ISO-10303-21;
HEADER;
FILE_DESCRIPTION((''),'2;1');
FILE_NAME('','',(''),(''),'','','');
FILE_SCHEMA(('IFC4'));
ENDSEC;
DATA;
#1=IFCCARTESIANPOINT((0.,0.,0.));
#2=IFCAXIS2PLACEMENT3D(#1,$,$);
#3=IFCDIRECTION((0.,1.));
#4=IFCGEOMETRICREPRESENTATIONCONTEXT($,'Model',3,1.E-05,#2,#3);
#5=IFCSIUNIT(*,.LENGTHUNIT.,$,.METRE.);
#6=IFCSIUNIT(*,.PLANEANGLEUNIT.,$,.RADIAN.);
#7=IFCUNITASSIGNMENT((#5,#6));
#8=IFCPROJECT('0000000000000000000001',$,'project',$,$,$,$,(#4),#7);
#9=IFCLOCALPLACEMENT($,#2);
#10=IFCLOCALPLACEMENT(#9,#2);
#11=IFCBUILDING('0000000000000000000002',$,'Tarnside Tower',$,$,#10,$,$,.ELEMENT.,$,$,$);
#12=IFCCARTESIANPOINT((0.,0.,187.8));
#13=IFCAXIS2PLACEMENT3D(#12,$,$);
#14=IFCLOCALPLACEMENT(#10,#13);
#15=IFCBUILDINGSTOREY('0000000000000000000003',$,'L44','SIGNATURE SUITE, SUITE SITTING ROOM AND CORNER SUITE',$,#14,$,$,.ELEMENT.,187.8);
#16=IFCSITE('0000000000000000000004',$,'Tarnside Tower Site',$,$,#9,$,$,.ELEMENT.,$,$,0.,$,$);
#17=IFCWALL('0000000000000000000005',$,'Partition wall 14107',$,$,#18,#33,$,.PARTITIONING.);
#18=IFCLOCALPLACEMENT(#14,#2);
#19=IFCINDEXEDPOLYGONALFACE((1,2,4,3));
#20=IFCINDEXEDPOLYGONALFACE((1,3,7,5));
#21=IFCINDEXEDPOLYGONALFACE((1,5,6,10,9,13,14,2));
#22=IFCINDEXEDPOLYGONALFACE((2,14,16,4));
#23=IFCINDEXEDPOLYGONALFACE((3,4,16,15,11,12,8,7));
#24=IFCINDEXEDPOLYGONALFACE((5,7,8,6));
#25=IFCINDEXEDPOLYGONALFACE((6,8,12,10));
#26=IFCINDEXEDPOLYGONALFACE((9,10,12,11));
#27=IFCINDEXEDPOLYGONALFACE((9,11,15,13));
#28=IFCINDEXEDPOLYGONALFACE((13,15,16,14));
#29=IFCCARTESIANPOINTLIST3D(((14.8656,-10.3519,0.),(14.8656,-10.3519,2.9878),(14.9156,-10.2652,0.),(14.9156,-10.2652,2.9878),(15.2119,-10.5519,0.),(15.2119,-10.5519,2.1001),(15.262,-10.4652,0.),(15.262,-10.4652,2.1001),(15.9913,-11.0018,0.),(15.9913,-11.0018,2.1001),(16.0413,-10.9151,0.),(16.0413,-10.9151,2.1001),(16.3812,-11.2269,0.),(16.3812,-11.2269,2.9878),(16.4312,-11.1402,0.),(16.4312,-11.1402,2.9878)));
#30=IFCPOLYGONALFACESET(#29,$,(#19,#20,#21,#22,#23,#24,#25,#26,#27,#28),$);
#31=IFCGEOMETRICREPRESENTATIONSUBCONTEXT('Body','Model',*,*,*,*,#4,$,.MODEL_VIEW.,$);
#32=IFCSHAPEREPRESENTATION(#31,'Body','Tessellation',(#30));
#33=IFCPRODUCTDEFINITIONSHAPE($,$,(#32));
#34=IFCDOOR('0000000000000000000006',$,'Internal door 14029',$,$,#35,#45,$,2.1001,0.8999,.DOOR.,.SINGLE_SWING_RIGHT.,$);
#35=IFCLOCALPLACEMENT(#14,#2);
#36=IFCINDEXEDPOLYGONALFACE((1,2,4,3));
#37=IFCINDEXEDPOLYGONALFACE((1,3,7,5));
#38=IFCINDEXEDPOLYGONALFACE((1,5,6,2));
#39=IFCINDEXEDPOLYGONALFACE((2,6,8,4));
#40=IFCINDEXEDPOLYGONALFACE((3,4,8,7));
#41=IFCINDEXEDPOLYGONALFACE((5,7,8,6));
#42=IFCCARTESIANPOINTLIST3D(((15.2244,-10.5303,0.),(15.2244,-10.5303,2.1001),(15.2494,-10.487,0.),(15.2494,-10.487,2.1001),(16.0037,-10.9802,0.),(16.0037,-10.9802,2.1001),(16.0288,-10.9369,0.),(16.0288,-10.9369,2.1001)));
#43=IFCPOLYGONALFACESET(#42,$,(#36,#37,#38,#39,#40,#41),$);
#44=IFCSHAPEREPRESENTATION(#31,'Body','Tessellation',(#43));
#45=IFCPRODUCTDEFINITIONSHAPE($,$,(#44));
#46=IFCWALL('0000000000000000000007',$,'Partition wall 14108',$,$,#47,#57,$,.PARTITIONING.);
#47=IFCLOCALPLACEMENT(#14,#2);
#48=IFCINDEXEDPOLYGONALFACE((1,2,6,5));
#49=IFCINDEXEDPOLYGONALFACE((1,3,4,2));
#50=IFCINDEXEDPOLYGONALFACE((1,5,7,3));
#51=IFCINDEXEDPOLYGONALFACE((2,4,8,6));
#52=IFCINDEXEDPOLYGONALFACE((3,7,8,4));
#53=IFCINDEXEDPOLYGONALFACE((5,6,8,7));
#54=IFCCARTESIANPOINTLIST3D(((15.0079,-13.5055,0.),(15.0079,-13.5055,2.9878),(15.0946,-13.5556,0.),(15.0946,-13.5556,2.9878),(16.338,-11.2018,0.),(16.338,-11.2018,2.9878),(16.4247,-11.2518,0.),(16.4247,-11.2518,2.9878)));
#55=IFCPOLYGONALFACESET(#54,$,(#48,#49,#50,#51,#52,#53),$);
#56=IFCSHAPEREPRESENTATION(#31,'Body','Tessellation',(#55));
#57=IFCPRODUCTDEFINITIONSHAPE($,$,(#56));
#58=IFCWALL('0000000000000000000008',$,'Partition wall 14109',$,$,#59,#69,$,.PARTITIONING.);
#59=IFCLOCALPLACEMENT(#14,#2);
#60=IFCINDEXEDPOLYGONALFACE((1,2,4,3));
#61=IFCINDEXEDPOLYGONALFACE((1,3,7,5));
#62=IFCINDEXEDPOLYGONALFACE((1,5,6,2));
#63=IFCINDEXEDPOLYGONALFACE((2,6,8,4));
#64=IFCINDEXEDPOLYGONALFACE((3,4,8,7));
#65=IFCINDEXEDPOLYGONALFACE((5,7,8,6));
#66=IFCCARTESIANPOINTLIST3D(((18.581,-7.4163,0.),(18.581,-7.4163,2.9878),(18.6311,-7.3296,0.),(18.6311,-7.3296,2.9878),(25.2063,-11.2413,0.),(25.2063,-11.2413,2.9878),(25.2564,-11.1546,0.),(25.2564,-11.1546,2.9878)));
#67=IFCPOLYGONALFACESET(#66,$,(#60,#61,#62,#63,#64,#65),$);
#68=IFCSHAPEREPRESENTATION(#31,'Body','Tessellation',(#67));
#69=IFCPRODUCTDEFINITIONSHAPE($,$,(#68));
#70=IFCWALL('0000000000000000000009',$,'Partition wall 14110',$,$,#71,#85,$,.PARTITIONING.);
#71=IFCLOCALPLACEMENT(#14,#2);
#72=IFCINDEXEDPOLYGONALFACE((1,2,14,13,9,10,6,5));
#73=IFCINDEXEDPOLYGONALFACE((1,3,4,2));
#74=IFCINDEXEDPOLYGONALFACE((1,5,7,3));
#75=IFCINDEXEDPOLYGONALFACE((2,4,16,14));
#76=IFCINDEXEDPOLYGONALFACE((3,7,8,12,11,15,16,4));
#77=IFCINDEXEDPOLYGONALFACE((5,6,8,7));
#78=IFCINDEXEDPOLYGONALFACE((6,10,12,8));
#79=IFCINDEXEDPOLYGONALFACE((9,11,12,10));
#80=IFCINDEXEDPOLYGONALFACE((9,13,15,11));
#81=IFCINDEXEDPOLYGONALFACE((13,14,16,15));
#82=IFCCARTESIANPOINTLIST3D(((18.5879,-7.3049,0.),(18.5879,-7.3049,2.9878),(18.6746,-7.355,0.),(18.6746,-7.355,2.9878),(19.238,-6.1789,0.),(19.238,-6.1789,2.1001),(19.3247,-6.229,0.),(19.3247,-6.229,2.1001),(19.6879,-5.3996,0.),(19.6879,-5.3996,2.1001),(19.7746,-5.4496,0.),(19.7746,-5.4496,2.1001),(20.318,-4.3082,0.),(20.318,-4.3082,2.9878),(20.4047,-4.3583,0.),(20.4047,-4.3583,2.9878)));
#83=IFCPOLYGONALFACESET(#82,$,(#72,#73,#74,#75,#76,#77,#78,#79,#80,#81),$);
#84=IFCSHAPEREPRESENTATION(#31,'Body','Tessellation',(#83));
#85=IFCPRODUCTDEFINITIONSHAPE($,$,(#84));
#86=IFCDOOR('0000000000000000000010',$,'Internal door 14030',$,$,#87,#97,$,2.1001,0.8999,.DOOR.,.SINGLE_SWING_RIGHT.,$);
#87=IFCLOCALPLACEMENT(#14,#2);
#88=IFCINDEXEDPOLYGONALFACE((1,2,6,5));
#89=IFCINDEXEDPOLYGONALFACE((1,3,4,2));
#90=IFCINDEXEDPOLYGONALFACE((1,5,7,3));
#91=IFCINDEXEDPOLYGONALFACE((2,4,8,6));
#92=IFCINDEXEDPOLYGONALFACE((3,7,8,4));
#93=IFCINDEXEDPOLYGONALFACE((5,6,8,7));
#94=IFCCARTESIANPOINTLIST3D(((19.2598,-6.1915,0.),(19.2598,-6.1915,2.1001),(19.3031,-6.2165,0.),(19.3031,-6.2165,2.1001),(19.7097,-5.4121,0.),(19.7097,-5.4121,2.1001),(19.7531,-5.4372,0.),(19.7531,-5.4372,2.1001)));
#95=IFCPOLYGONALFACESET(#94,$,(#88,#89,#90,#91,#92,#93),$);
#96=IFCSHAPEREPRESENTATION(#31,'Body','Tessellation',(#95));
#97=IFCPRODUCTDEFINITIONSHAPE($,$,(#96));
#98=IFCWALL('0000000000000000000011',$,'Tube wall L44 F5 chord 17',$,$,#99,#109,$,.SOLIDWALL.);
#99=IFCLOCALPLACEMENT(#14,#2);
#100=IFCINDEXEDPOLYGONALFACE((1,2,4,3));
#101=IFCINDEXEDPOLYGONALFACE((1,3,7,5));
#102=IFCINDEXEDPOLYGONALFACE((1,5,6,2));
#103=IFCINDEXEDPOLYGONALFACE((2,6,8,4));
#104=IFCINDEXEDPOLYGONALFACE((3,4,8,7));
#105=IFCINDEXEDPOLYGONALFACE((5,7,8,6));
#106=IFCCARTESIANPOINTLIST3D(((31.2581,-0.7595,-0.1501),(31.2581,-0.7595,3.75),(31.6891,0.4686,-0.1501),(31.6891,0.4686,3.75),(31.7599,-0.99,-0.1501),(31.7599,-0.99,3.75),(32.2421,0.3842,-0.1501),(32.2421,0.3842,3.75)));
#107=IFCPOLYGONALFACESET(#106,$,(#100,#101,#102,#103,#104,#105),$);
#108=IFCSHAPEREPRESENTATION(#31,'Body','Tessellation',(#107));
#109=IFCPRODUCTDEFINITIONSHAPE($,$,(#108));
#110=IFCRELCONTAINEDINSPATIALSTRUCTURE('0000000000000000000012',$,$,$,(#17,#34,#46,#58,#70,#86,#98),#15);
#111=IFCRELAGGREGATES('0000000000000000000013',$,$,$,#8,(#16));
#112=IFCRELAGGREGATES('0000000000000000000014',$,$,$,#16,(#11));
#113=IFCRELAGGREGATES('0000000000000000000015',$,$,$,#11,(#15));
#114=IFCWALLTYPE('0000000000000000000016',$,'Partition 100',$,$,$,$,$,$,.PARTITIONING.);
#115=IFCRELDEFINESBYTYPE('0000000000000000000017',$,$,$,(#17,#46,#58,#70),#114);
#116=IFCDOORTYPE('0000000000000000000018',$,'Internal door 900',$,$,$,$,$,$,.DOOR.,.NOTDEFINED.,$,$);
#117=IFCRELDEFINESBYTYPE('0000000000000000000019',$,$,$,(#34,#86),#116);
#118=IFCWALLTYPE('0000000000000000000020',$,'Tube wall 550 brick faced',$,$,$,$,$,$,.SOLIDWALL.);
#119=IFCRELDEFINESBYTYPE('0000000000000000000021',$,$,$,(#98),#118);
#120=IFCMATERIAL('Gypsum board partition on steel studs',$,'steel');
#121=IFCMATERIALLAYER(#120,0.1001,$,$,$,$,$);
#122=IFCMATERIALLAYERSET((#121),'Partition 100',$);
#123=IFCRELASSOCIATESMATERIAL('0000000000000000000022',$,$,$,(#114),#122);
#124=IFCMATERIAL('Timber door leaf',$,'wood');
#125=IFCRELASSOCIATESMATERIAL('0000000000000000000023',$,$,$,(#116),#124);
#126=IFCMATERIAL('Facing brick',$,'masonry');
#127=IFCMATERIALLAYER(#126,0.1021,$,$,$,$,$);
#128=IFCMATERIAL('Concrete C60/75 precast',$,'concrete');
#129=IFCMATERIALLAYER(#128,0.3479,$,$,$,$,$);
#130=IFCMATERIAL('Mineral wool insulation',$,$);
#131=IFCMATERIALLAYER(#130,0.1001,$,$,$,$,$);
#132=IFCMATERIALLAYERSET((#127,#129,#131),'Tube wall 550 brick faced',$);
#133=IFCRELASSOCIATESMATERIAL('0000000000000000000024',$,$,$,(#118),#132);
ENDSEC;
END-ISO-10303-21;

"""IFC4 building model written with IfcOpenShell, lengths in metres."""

from ifc_helpers import new_model, si_unit, direction, frame, frame_2d, origin, place, context, subcontext, project, spatial, polyline, rectangle, outline, extrude, material, layer, layer_set, type_object, element, fill, save


model = new_model("IFC4")

# Units and contexts
model_context = context("Model", 3, precision=1e-05, world=origin(), true_north=direction((0.0, 1.0)))
body_context = subcontext(model_context, "Body", "Model", "MODEL_VIEW")
ifc_project = project(units=[si_unit("LENGTHUNIT", "METRE"), si_unit("PLANEANGLEUNIT", "RADIAN")], contexts=[model_context])

# Site, building, storey
site_placement = place(None, origin())
site = spatial("IfcSite", under=ifc_project, at=site_placement, Name="Tarnside Tower Site", CompositionType="ELEMENT", RefElevation=0.0)
building_placement = place(site_placement, origin())
building = spatial("IfcBuilding", under=site, at=building_placement, Name="Tarnside Tower", CompositionType="ELEMENT")
storey_placement = place(building_placement, frame((0.0, 0.0, 187.8)))
storey = spatial("IfcBuildingStorey", under=building, at=storey_placement, Name="L44", Description="SIGNATURE SUITE, SUITE SITTING ROOM AND CORNER SUITE", CompositionType="ELEMENT", Elevation=187.8)

# Shared definitions
ifc_material_1 = material(Name="Gypsum board partition on steel studs", Category="steel")
ifc_material_2 = material(Name="Timber door leaf", Category="wood")

# Wall, opening, door
ifc_layer_1 = layer(ifc_material_1, 0.1001)
ifc_layer_set_1 = layer_set([ifc_layer_1], Name="Partition 100")
wall_type_1 = type_object("IfcWallType", Name="Partition 100", PredefinedType="PARTITIONING", material=ifc_layer_set_1)
wall_1_placement = place(storey_placement, frame((14.8906, -10.3086, 0.0), z_axis=(0.0, 0.0, 1.0), x_axis=(0.866037, -0.49998, 0.0)))
wall_1 = element("IfcWall", 1, at=wall_1_placement, inside=storey, type_object=wall_type_1, Name="Partition wall 14107", PredefinedType="PARTITIONING", context=body_context, shape_type="SweptSolid", body=[
    extrude(rectangle(XDim=1.75, YDim=0.1001, at=frame_2d((0.875, 0.0))), origin(), (0.0, 0.0, 1.0), 2.9878),
])
opening_1_placement = place(wall_1_placement, frame((0.3999, 0.0, 0.0)))
opening_1 = element("IfcOpeningElement", 2, at=opening_1_placement, cuts=wall_1, PredefinedType="OPENING", context=body_context, shape_type="SweptSolid", body=[
    extrude(rectangle(XDim=0.8999, YDim=2.1001, at=frame_2d((0.45, 1.05))), frame((0.0, 0.0601, 0.0), z_axis=(0.0, -1.0, 0.0), x_axis=(1.0, 0.0, 0.0)), (0.0, 0.0, 1.0), 0.1201),
])
door_type_1 = type_object("IfcDoorType", Name="Internal door 900", OperationType="NOTDEFINED", PredefinedType="DOOR", material=ifc_material_2)
door_1_placement = place(opening_1_placement, origin())
door_1 = element("IfcDoor", 3, at=door_1_placement, inside=storey, type_object=door_type_1, Name="Internal door 14029", OperationType="SINGLE_SWING_RIGHT", OverallHeight=2.1001, OverallWidth=0.8999, PredefinedType="DOOR", context=body_context, shape_type="SweptSolid", body=[
    extrude(rectangle(XDim=0.8999, YDim=2.1001, at=frame_2d((0.45, 1.05))), frame((0.0, 0.0249, 0.0), z_axis=(0.0, -1.0, 0.0), x_axis=(1.0, 0.0, 0.0)), (0.0, 0.0, 1.0), 0.05),
])
fill(opening_1, door_1)

# Walls
wall_2_placement = place(storey_placement, frame((16.3813, -11.2268, 0.0), z_axis=(0.0, 0.0, 1.0), x_axis=(-0.500008, -0.866021, 0.0)))
element("IfcWall", 4, at=wall_2_placement, inside=storey, type_object=wall_type_1, Name="Partition wall 14108", PredefinedType="PARTITIONING", context=body_context, shape_type="SweptSolid", body=[
    extrude(rectangle(XDim=2.6602, YDim=0.1001, at=frame_2d((1.3301, 0.0))), origin(), (0.0, 0.0, 1.0), 2.9878),
])
wall_3_placement = place(storey_placement, frame((25.2314, -11.198, 0.0), z_axis=(0.0, 0.0, 1.0), x_axis=(-0.866033, 0.499987, 0.0)))
element("IfcWall", 5, at=wall_3_placement, inside=storey, type_object=wall_type_1, Name="Partition wall 14109", PredefinedType="PARTITIONING", context=body_context, shape_type="SweptSolid", body=[
    extrude(rectangle(XDim=7.6501, YDim=0.1001, at=frame_2d((3.8252, 0.0))), origin(), (0.0, 0.0, 1.0), 2.9878),
])

# Wall, opening, door
wall_4_placement = place(storey_placement, frame((18.6313, -7.3298, 0.0), z_axis=(0.0, 0.0, 1.0), x_axis=(0.499979, 0.866038, 0.0)))
wall_4 = element("IfcWall", 6, at=wall_4_placement, inside=storey, type_object=wall_type_1, Name="Partition wall 14110", PredefinedType="PARTITIONING", context=body_context, shape_type="SweptSolid", body=[
    extrude(rectangle(XDim=3.4602, YDim=0.1001, at=frame_2d((1.73, 0.0))), origin(), (0.0, 0.0, 1.0), 2.9878),
])
opening_2_placement = place(wall_4_placement, frame((1.3, 0.0, 0.0)))
opening_2 = element("IfcOpeningElement", 7, at=opening_2_placement, cuts=wall_4, PredefinedType="OPENING", context=body_context, shape_type="SweptSolid", body=[
    extrude(rectangle(XDim=0.8999, YDim=2.1001, at=frame_2d((0.45, 1.05))), frame((0.0, 0.0601, 0.0), z_axis=(0.0, -1.0, 0.0), x_axis=(1.0, 0.0, 0.0)), (0.0, 0.0, 1.0), 0.1201),
])
door_2_placement = place(opening_2_placement, origin())
door_2 = element("IfcDoor", 8, at=door_2_placement, inside=storey, type_object=door_type_1, Name="Internal door 14030", OperationType="SINGLE_SWING_RIGHT", OverallHeight=2.1001, OverallWidth=0.8999, PredefinedType="DOOR", context=body_context, shape_type="SweptSolid", body=[
    extrude(rectangle(XDim=0.8999, YDim=2.1001, at=frame_2d((0.45, 1.05))), frame((0.0, 0.0249, 0.0), z_axis=(0.0, -1.0, 0.0), x_axis=(1.0, 0.0, 0.0)), (0.0, 0.0, 1.0), 0.05),
])
fill(opening_2, door_2)

# Wall
ifc_material_3 = material(Name="Facing brick", Category="masonry")
ifc_layer_2 = layer(ifc_material_3, 0.1021)
ifc_material_4 = material(Name="Concrete C60/75 precast", Category="concrete")
ifc_layer_3 = layer(ifc_material_4, 0.3479)
ifc_material_5 = material(Name="Mineral wool insulation")
ifc_layer_4 = layer(ifc_material_5, 0.1001)
ifc_layer_set_2 = layer_set([ifc_layer_2, ifc_layer_3, ifc_layer_4], Name="Tube wall 550 brick faced")
wall_type_2 = type_object("IfcWallType", Name="Tube wall 550 brick faced", PredefinedType="SOLIDWALL", material=ifc_layer_set_2)
wall_5_placement = place(storey_placement, frame((31.509, -0.8748, -0.1501), z_axis=(0.0, 0.0, 1.0), x_axis=(0.331115, 0.94359, 0.0)))
element("IfcWall", 9, at=wall_5_placement, inside=storey, type_object=wall_type_2, Name="Tube wall L44 F5 chord 17", PredefinedType="SOLIDWALL", context=body_context, shape_type="SweptSolid", body=[
    extrude(outline(polyline([(-0.0256, -0.2749), (1.4307, -0.2749), (1.3271, 0.2749), (0.0256, 0.2749), (-0.0256, -0.2749)])), origin(), (0.0, 0.0, 1.0), 3.9001),
])

save(model, "model.ifc")
